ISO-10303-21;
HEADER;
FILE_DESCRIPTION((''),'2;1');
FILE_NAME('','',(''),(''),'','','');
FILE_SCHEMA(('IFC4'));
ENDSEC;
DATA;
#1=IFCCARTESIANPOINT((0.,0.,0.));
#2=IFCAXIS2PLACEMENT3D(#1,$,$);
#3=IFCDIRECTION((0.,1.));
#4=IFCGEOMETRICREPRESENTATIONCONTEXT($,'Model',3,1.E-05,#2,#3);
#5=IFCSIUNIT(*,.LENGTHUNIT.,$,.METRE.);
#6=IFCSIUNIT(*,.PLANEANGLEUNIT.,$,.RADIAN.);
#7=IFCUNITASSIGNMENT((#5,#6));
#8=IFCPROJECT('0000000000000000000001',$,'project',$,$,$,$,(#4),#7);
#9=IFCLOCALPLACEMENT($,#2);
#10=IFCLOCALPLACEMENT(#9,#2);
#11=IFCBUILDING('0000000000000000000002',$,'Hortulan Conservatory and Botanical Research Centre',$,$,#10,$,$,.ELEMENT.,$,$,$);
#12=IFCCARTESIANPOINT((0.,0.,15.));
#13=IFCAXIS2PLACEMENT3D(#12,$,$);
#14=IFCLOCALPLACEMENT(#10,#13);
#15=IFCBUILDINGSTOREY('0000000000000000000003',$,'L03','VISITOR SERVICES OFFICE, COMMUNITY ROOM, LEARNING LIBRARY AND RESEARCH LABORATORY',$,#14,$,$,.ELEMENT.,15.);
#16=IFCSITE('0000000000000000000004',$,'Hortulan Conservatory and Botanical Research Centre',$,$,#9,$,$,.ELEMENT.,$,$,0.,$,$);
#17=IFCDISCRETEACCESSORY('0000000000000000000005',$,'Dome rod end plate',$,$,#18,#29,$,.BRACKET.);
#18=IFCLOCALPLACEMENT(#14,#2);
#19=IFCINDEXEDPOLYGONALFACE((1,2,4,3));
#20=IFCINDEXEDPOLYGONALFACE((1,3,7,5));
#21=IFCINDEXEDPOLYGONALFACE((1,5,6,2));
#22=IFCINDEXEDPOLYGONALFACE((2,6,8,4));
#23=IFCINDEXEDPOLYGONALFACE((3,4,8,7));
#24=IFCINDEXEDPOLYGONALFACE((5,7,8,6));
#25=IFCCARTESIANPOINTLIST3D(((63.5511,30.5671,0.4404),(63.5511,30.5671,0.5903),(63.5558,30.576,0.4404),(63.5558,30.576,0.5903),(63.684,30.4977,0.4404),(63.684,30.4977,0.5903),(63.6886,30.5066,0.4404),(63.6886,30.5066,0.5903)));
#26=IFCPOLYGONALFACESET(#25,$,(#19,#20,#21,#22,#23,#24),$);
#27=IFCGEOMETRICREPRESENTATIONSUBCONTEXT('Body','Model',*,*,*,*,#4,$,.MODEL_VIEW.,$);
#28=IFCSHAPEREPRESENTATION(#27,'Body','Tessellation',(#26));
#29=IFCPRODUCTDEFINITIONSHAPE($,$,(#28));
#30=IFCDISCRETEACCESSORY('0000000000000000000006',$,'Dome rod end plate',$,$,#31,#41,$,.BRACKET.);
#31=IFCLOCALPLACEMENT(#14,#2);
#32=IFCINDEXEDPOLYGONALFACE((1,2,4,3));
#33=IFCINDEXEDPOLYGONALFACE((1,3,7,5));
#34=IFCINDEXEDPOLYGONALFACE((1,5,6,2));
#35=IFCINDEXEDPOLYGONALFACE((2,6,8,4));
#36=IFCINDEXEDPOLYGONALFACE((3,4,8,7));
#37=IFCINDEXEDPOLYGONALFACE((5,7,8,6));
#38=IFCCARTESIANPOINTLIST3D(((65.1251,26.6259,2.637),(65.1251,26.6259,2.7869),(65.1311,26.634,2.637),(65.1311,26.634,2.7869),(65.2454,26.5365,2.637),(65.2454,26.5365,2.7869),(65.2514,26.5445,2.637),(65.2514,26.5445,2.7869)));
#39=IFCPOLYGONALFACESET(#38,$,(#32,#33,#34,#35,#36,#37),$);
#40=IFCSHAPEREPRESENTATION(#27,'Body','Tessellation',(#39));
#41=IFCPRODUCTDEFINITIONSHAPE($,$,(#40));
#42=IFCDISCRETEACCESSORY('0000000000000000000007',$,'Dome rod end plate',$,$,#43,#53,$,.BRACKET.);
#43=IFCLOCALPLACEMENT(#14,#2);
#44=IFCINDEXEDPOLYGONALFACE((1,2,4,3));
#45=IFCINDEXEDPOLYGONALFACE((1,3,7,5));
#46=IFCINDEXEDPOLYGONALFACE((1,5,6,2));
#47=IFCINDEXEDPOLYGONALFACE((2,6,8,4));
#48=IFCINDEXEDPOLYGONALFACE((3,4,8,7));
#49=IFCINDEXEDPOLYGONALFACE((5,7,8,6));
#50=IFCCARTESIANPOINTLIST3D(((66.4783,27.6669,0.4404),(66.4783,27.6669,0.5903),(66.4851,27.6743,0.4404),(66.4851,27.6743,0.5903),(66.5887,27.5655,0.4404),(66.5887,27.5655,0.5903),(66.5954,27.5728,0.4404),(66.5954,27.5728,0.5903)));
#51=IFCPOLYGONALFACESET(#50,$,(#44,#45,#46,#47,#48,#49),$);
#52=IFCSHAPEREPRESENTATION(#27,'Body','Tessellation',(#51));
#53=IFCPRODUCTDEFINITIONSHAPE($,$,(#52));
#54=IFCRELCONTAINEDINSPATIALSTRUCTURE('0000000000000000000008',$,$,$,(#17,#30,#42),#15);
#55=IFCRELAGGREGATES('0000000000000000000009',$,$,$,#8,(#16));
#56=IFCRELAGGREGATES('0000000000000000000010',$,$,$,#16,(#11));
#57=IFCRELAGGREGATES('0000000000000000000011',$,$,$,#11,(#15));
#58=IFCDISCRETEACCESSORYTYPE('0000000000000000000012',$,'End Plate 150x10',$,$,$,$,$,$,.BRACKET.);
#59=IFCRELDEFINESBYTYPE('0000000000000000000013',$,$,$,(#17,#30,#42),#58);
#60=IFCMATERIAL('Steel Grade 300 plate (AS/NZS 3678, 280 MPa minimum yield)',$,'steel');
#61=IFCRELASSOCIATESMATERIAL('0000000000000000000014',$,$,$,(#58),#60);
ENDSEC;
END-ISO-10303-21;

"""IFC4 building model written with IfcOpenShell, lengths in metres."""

from ifc_helpers import new_model, si_unit, direction, frame, origin, origin_2d, place, context, subcontext, project, spatial, rectangle, extrude, material, type_object, element, save


model = new_model("IFC4")

# Units and contexts
model_context = context("Model", 3, precision=1e-05, world=origin(), true_north=direction((0.0, 1.0)))
body_context = subcontext(model_context, "Body", "Model", "MODEL_VIEW")
ifc_project = project(units=[si_unit("LENGTHUNIT", "METRE"), si_unit("PLANEANGLEUNIT", "RADIAN")], contexts=[model_context])

# Site, building, storey
site_placement = place(None, origin())
site = spatial("IfcSite", under=ifc_project, at=site_placement, Name="Hortulan Conservatory and Botanical Research Centre", CompositionType="ELEMENT", RefElevation=0.0)
building_placement = place(site_placement, origin())
building = spatial("IfcBuilding", under=site, at=building_placement, Name="Hortulan Conservatory and Botanical Research Centre", CompositionType="ELEMENT")
storey_placement = place(building_placement, frame((0.0, 0.0, 15.0)))
storey = spatial("IfcBuildingStorey", under=building, at=storey_placement, Name="L03", Description="VISITOR SERVICES OFFICE, COMMUNITY ROOM, LEARNING LIBRARY AND RESEARCH LABORATORY", CompositionType="ELEMENT", Elevation=15.0)

# Discrete accessories
ifc_material_1 = material(Name="Steel Grade 300 plate (AS/NZS 3678, 280 MPa minimum yield)", Category="steel")
discrete_accessory_type = type_object("IfcDiscreteAccessoryType", Name="End Plate 150x10", PredefinedType="BRACKET", material=ifc_material_1)
for number, where, z_axis, x_axis, name in (
    (1, (63.6199, 30.5369, 0.4404), (0.0, 0.0, 1.0), (0.886252, -0.463203, 0.0), "Dome rod end plate"),
    (2, (65.1882, 26.5852, 2.637), (0.0, 0.0, 1.0), (0.802318, -0.596897, 0.0), "Dome rod end plate"),
    (3, (66.5369, 27.6199, 0.4404), (0.0, 0.0, 1.0), (0.736168, -0.676799, 0.0), "Dome rod end plate"),
):
    element("IfcDiscreteAccessory", number, at=place(storey_placement, frame(where, z_axis=z_axis, x_axis=x_axis)), inside=storey, type_object=discrete_accessory_type, Name=name, PredefinedType="BRACKET", context=body_context, shape_type="SweptSolid", body=[
        extrude(rectangle(XDim=0.1499, YDim=0.01, at=origin_2d()), origin(), (0.0, 0.0, 1.0), 0.1499),
    ])

save(model, "model.ifc")
